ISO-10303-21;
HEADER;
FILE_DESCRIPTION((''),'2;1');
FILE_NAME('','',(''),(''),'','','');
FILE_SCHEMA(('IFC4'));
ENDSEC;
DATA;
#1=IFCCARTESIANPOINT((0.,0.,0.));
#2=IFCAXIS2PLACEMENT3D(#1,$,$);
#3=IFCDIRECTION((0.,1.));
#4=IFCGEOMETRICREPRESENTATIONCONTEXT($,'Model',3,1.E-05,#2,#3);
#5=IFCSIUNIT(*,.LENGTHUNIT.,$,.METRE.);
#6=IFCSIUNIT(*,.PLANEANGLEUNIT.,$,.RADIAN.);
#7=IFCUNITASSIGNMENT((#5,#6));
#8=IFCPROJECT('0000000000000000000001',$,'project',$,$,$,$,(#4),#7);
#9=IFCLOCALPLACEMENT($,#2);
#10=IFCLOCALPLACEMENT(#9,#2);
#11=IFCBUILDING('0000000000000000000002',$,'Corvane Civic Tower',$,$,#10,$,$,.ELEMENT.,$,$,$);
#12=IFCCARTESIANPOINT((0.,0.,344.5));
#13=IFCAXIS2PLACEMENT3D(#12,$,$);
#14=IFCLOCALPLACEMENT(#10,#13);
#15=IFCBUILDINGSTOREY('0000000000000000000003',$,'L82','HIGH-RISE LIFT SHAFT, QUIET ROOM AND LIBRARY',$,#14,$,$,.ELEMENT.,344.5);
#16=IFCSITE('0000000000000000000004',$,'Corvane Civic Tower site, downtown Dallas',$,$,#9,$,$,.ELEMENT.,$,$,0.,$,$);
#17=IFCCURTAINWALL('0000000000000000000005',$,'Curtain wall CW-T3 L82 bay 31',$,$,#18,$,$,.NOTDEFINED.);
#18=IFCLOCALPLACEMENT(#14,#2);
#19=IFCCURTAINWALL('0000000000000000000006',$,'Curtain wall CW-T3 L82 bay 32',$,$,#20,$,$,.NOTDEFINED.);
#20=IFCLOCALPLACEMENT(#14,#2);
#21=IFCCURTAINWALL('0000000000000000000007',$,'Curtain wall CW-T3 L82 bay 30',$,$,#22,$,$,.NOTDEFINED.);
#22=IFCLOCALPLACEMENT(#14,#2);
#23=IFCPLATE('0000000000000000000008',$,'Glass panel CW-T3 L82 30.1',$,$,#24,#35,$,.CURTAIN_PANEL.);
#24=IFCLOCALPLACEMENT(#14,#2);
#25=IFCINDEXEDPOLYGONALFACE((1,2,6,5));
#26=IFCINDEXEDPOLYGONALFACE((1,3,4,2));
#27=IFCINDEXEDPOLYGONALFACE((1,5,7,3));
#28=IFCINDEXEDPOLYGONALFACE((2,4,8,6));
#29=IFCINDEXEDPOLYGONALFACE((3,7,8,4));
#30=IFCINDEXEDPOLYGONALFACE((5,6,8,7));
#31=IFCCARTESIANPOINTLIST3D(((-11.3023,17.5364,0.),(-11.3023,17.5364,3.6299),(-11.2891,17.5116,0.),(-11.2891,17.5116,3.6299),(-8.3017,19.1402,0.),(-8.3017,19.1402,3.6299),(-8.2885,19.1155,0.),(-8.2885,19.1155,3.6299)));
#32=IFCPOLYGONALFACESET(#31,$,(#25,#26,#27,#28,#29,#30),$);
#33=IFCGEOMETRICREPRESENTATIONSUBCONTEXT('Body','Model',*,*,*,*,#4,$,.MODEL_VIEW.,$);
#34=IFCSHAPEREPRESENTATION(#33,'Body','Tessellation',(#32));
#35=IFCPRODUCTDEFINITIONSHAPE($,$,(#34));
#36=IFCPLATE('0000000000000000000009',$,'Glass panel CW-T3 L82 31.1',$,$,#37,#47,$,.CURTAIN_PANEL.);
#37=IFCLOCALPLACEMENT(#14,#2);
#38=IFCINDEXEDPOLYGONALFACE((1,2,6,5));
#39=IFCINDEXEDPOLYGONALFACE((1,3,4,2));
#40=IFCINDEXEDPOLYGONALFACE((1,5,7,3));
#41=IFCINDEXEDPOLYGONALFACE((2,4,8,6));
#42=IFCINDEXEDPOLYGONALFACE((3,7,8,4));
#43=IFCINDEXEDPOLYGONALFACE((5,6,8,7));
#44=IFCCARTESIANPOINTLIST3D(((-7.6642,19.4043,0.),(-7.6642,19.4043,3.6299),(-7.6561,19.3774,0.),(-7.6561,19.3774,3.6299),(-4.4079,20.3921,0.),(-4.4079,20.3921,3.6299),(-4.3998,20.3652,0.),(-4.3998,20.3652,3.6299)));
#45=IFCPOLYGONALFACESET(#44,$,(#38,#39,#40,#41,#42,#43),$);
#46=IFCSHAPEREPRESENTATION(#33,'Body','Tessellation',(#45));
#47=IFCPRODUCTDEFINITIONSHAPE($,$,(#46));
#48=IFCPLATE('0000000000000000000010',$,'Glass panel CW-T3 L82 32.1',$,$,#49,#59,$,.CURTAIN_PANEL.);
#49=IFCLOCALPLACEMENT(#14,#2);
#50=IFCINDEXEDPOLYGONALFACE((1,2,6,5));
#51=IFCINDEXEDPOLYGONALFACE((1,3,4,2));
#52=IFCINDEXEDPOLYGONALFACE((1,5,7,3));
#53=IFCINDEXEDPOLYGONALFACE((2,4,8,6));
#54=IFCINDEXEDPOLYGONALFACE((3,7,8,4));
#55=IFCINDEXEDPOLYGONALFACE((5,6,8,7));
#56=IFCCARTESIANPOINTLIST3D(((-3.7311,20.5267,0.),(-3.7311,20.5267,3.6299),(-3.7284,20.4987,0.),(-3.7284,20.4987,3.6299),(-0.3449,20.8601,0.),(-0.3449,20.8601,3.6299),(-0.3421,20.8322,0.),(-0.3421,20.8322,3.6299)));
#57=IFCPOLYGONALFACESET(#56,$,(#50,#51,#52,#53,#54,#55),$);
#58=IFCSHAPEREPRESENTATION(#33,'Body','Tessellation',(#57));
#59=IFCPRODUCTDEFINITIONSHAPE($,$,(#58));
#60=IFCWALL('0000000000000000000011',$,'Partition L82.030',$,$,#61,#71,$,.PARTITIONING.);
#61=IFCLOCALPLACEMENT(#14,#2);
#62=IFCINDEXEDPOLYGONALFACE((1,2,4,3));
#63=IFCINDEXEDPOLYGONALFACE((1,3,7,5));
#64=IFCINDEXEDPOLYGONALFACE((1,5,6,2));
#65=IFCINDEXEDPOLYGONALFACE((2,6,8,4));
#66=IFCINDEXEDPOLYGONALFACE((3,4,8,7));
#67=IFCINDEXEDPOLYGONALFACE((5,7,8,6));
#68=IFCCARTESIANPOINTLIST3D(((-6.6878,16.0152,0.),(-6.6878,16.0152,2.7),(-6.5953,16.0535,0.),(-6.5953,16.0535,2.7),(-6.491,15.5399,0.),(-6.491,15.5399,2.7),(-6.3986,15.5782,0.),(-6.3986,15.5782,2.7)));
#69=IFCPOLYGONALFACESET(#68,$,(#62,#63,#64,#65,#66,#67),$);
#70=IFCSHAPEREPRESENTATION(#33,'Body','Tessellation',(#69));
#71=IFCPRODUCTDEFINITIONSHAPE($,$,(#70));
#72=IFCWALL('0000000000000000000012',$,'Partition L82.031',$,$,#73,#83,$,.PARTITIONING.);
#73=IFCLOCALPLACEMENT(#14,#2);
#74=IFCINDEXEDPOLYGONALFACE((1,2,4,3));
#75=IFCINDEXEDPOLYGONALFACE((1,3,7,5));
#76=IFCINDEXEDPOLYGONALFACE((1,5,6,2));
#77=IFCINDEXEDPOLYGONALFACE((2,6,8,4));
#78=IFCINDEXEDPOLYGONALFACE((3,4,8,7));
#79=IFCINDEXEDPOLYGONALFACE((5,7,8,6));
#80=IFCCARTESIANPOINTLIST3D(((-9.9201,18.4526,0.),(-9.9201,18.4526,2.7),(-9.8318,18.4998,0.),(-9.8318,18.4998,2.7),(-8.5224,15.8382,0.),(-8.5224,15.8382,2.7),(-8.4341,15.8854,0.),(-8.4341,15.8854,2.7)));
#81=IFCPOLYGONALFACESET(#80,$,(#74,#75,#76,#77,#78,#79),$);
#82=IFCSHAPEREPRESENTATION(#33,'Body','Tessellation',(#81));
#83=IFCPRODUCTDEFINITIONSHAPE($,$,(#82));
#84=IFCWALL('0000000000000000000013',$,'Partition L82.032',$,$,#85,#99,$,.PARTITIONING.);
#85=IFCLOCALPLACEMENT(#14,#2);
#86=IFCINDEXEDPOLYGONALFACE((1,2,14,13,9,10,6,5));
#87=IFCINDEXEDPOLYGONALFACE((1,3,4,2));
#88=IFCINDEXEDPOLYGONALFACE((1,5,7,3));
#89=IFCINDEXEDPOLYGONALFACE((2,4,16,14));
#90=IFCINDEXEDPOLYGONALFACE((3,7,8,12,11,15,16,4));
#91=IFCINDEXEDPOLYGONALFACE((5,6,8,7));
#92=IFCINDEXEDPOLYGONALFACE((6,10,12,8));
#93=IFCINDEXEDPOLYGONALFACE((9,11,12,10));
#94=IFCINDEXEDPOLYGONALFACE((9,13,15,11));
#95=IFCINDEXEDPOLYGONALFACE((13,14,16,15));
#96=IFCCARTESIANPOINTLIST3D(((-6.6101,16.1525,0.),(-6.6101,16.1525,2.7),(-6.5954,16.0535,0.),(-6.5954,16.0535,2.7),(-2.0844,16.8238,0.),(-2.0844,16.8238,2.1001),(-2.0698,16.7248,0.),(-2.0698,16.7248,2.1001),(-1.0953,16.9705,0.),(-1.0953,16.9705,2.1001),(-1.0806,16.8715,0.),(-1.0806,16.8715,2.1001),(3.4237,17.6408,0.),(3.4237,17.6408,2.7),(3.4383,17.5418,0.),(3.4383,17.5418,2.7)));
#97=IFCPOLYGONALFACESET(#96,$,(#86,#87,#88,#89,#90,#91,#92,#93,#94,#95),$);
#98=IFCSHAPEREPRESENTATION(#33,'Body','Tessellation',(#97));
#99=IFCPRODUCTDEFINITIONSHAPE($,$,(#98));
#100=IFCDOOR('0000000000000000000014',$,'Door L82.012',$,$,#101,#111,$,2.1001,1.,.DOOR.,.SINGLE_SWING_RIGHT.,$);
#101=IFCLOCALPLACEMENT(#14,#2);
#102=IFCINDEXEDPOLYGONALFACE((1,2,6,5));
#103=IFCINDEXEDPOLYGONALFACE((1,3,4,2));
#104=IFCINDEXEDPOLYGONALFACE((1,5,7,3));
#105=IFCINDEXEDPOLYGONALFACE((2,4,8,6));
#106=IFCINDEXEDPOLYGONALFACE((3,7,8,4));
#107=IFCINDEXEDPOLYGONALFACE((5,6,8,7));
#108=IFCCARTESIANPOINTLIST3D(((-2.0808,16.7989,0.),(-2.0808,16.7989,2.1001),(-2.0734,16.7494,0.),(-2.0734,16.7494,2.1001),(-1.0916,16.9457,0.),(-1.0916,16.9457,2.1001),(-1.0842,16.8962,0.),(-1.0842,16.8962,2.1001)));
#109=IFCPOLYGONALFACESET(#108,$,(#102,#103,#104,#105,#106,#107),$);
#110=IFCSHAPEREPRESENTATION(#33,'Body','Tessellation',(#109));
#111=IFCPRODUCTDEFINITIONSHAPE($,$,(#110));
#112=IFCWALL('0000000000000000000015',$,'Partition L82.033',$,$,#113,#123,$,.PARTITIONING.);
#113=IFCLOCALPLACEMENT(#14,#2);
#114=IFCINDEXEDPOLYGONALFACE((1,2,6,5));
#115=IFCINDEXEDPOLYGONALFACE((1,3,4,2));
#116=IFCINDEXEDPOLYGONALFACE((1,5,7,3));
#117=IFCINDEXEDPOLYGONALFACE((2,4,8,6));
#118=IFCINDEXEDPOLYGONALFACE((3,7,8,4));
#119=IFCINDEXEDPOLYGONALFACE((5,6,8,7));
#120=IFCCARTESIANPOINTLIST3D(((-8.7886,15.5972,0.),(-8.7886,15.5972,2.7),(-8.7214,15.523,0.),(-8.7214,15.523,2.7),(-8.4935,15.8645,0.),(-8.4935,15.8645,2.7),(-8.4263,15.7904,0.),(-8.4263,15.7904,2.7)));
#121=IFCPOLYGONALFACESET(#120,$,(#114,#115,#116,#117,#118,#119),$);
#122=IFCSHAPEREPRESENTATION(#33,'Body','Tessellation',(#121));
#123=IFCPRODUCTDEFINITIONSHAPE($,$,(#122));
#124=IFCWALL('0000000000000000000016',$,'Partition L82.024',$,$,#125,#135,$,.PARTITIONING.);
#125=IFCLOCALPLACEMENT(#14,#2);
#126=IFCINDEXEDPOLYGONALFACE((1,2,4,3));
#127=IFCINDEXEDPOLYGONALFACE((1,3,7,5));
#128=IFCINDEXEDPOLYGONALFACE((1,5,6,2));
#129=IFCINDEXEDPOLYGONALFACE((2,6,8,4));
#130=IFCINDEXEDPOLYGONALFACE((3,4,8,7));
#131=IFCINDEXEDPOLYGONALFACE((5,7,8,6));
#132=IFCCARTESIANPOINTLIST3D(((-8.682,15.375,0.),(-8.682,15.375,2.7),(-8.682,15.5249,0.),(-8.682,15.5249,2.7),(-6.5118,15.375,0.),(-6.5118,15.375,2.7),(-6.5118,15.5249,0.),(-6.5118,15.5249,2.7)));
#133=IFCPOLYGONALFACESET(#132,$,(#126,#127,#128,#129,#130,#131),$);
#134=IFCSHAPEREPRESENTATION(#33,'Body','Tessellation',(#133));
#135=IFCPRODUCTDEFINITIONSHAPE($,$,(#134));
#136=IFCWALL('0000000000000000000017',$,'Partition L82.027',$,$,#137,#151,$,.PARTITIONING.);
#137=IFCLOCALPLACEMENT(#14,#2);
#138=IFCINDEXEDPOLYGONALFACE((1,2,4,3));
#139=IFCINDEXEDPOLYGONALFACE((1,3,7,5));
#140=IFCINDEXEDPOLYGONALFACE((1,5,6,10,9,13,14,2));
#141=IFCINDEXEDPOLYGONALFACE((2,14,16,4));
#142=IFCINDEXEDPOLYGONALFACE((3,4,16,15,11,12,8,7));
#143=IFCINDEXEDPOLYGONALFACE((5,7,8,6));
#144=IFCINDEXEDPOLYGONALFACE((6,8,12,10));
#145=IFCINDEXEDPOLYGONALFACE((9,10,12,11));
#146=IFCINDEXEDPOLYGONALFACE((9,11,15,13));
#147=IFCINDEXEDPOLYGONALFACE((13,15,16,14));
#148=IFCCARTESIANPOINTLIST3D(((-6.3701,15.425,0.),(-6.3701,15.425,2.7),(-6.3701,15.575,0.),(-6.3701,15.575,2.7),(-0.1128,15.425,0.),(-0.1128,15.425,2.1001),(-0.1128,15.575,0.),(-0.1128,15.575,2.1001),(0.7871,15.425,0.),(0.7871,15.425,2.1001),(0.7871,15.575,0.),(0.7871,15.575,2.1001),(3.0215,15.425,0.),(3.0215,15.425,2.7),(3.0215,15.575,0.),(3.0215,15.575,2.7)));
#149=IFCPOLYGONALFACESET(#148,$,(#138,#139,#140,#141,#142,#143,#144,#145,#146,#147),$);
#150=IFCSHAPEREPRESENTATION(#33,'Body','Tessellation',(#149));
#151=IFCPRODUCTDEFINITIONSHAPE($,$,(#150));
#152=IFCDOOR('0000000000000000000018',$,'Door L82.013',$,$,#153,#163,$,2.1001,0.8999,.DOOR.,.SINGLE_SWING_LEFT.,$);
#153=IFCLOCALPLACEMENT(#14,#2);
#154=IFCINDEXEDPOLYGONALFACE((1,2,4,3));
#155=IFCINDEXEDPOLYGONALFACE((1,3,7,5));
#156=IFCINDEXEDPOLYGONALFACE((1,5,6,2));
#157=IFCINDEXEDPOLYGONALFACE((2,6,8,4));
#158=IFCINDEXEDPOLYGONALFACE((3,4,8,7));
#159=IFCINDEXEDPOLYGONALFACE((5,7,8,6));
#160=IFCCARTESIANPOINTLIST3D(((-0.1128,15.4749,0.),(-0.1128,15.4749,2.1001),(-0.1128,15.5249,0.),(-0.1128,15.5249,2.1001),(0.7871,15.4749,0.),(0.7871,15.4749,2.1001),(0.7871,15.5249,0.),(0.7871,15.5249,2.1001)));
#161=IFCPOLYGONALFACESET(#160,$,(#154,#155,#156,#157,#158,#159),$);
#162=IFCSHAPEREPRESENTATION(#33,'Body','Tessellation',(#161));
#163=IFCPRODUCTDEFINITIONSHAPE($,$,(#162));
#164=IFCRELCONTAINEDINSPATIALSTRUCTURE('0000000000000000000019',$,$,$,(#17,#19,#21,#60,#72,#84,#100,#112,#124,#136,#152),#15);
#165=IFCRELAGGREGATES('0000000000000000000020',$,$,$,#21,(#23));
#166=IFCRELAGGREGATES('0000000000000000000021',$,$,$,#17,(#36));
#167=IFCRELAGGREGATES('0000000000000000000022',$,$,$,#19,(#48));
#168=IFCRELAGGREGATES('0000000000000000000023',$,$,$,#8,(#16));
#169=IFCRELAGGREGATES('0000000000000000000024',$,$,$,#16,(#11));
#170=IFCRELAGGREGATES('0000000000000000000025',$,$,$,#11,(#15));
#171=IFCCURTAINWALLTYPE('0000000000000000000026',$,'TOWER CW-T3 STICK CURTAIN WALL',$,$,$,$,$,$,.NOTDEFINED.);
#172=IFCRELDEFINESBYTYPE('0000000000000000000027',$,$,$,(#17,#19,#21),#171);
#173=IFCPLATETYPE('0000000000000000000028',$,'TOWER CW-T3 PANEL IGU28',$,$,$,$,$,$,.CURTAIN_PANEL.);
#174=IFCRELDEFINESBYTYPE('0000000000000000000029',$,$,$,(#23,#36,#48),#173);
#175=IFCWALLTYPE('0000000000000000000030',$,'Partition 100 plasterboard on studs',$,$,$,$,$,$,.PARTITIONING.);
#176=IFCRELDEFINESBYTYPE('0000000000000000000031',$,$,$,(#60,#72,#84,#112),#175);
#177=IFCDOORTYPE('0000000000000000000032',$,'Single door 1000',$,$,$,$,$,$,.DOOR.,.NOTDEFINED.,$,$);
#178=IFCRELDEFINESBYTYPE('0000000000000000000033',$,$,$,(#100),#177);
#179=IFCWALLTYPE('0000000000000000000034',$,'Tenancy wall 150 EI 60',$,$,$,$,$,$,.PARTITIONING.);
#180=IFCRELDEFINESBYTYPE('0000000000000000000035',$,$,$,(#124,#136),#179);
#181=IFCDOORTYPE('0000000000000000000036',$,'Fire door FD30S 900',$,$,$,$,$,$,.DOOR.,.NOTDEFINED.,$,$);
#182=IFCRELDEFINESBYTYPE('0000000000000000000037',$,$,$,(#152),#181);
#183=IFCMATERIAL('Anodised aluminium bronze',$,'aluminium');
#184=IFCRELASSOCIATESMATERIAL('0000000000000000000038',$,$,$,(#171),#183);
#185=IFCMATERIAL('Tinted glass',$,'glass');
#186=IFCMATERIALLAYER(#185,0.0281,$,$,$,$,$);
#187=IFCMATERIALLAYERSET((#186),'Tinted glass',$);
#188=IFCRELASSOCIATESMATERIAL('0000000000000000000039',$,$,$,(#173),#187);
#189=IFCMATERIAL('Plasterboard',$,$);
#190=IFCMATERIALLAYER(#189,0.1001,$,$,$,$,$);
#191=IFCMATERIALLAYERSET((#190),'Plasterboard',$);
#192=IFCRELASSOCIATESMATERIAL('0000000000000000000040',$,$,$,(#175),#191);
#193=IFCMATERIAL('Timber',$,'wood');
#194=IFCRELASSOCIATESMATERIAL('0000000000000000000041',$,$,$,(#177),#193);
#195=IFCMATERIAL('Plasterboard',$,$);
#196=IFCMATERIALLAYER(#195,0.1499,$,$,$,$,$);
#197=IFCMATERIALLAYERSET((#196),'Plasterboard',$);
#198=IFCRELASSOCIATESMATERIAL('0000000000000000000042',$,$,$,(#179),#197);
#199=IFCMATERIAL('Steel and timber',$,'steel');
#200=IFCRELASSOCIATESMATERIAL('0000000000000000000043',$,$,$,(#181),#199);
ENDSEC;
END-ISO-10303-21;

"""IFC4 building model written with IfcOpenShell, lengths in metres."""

from ifc_helpers import new_model, si_unit, direction, frame, frame_2d, origin, origin_2d, place, context, subcontext, project, spatial, rectangle, extrude, material, layer, layer_set, type_object, element, fill, aggregate, save


model = new_model("IFC4")

# Units and contexts
model_context = context("Model", 3, precision=1e-05, world=origin(), true_north=direction((0.0, 1.0)))
body_context = subcontext(model_context, "Body", "Model", "MODEL_VIEW")
ifc_project = project(units=[si_unit("LENGTHUNIT", "METRE"), si_unit("PLANEANGLEUNIT", "RADIAN")], contexts=[model_context])

# Site, building, storey
site_placement = place(None, origin())
site = spatial("IfcSite", under=ifc_project, at=site_placement, Name="Corvane Civic Tower site, downtown Dallas", CompositionType="ELEMENT", RefElevation=0.0)
building_placement = place(site_placement, origin())
building = spatial("IfcBuilding", under=site, at=building_placement, Name="Corvane Civic Tower", CompositionType="ELEMENT")
storey_placement = place(building_placement, frame((0.0, 0.0, 344.5)))
storey = spatial("IfcBuildingStorey", under=building, at=storey_placement, Name="L82", Description="HIGH-RISE LIFT SHAFT, QUIET ROOM AND LIBRARY", CompositionType="ELEMENT", Elevation=344.5)

# Curtain walls
ifc_material_1 = material(Name="Anodised aluminium bronze", Category="aluminium")
curtain_wall_type = type_object("IfcCurtainWallType", Name="TOWER CW-T3 STICK CURTAIN WALL", PredefinedType="NOTDEFINED", material=ifc_material_1)
curtain_wall_1_placement = place(storey_placement, origin())
curtain_wall_1 = element("IfcCurtainWall", 1, at=curtain_wall_1_placement, inside=storey, type_object=curtain_wall_type, Name="Curtain wall CW-T3 L82 bay 31", PredefinedType="NOTDEFINED")
curtain_wall_2_placement = place(storey_placement, origin())
curtain_wall_2 = element("IfcCurtainWall", 2, at=curtain_wall_2_placement, inside=storey, type_object=curtain_wall_type, Name="Curtain wall CW-T3 L82 bay 32", PredefinedType="NOTDEFINED")

# Curtain wall, plate
curtain_wall_3_placement = place(storey_placement, origin())
curtain_wall_3 = element("IfcCurtainWall", 3, at=curtain_wall_3_placement, inside=storey, type_object=curtain_wall_type, Name="Curtain wall CW-T3 L82 bay 30", PredefinedType="NOTDEFINED")
ifc_material_2 = material(Name="Tinted glass", Category="glass")
ifc_layer_1 = layer(ifc_material_2, 0.0281)
ifc_layer_set_1 = layer_set([ifc_layer_1], Name="Tinted glass")
plate_type = type_object("IfcPlateType", Name="TOWER CW-T3 PANEL IGU28", PredefinedType="CURTAIN_PANEL", material=ifc_layer_set_1)
plate_1_placement = place(storey_placement, frame((-9.7954, 18.3259, 0.0), z_axis=(0.0, 0.0, 1.0), x_axis=(0.881928, 0.471384, 0.0)))
plate_1 = element("IfcPlate", 4, at=plate_1_placement, type_object=plate_type, Name="Glass panel CW-T3 L82 30.1", PredefinedType="CURTAIN_PANEL", context=body_context, shape_type="SweptSolid", body=[
    extrude(rectangle(XDim=3.4023, YDim=0.0281, at=origin_2d()), origin(), (0.0, 0.0, 1.0), 3.6299),
])
aggregate(curtain_wall_3, [plate_1])

# Plates
plate_2_placement = place(storey_placement, frame((-6.032, 19.8848, 0.0), z_axis=(0.0, 0.0, 1.0), x_axis=(0.956939, 0.29029, 0.0)))
plate_2 = element("IfcPlate", 5, at=plate_2_placement, type_object=plate_type, Name="Glass panel CW-T3 L82 31.1", PredefinedType="CURTAIN_PANEL", context=body_context, shape_type="SweptSolid", body=[
    extrude(rectangle(XDim=3.4028, YDim=0.0281, at=origin_2d()), origin(), (0.0, 0.0, 1.0), 3.6299),
])
aggregate(curtain_wall_1, [plate_2])
plate_3_placement = place(storey_placement, frame((-2.0366, 20.6794, 0.0), z_axis=(0.0, 0.0, 1.0), x_axis=(0.995187, 0.097998, 0.0)))
plate_3 = element("IfcPlate", 6, at=plate_3_placement, type_object=plate_type, Name="Glass panel CW-T3 L82 32.1", PredefinedType="CURTAIN_PANEL", context=body_context, shape_type="SweptSolid", body=[
    extrude(rectangle(XDim=3.4026, YDim=0.0281, at=origin_2d()), origin(), (0.0, 0.0, 1.0), 3.6299),
])
aggregate(curtain_wall_2, [plate_3])

# Walls
ifc_material_3 = material(Name="Plasterboard")
ifc_layer_2 = layer(ifc_material_3, 0.1001)
ifc_layer_set_2 = layer_set([ifc_layer_2], Name="Plasterboard")
wall_type_1 = type_object("IfcWallType", Name="Partition 100 plasterboard on studs", PredefinedType="PARTITIONING", material=ifc_layer_set_2)
wall_1_placement = place(storey_placement, frame((-6.6416, 16.0344, 0.0), z_axis=(0.0, 0.0, 1.0), x_axis=(0.382492, -0.923959, 0.0)))
element("IfcWall", 7, at=wall_1_placement, inside=storey, type_object=wall_type_1, Name="Partition L82.030", PredefinedType="PARTITIONING", context=body_context, shape_type="SweptSolid", body=[
    extrude(rectangle(XDim=0.5144, YDim=0.1001, at=frame_2d((0.2573, 0.0))), origin(), (0.0, 0.0, 1.0), 2.7),
])
wall_2_placement = place(storey_placement, frame((-9.876, 18.4763, 0.0), z_axis=(0.0, 0.0, 1.0), x_axis=(0.471456, -0.88189, 0.0)))
element("IfcWall", 8, at=wall_2_placement, inside=storey, type_object=wall_type_1, Name="Partition L82.031", PredefinedType="PARTITIONING", context=body_context, shape_type="SweptSolid", body=[
    extrude(rectangle(XDim=2.9646, YDim=0.1001, at=frame_2d((1.4824, 0.0))), origin(), (0.0, 0.0, 1.0), 2.7),
])

# Wall, opening, door
wall_3_placement = place(storey_placement, frame((-6.6028, 16.103, 0.0), z_axis=(0.0, 0.0, 1.0), x_axis=(0.989178, 0.146723, 0.0)))
wall_3 = element("IfcWall", 9, at=wall_3_placement, inside=storey, type_object=wall_type_1, Name="Partition L82.032", PredefinedType="PARTITIONING", context=body_context, shape_type="SweptSolid", body=[
    extrude(rectangle(XDim=10.1436, YDim=0.1001, at=frame_2d((5.0718, 0.0))), origin(), (0.0, 0.0, 1.0), 2.7),
])
opening_1_placement = place(wall_3_placement, frame((4.5752, 0.0, 0.0)))
opening_1 = element("IfcOpeningElement", 10, at=opening_1_placement, cuts=wall_3, PredefinedType="OPENING", context=body_context, shape_type="SweptSolid", body=[
    extrude(rectangle(XDim=1.0, YDim=2.1001, at=frame_2d((0.5, 1.05))), frame((0.0, 0.0601, 0.0), z_axis=(0.0, -1.0, 0.0), x_axis=(1.0, 0.0, 0.0)), (0.0, 0.0, 1.0), 0.1201),
])
ifc_material_4 = material(Name="Timber", Category="wood")
door_type_1 = type_object("IfcDoorType", Name="Single door 1000", OperationType="NOTDEFINED", PredefinedType="DOOR", material=ifc_material_4)
door_1_placement = place(opening_1_placement, origin())
door_1 = element("IfcDoor", 11, at=door_1_placement, inside=storey, type_object=door_type_1, Name="Door L82.012", OperationType="SINGLE_SWING_RIGHT", OverallHeight=2.1001, OverallWidth=1.0, PredefinedType="DOOR", context=body_context, shape_type="SweptSolid", body=[
    extrude(rectangle(XDim=1.0, YDim=2.1001, at=frame_2d((0.5, 1.05))), frame((0.0, 0.0249, 0.0), z_axis=(0.0, -1.0, 0.0), x_axis=(1.0, 0.0, 0.0)), (0.0, 0.0, 1.0), 0.05),
])
fill(opening_1, door_1)

# Walls
wall_4_placement = place(storey_placement, frame((-8.7551, 15.5601, 0.0), z_axis=(0.0, 0.0, 1.0), x_axis=(0.741187, 0.671298, 0.0)))
element("IfcWall", 12, at=wall_4_placement, inside=storey, type_object=wall_type_1, Name="Partition L82.033", PredefinedType="PARTITIONING", context=body_context, shape_type="SweptSolid", body=[
    extrude(rectangle(XDim=0.3982, YDim=0.1001, at=frame_2d((0.1992, 0.0))), origin(), (0.0, 0.0, 1.0), 2.7),
])
ifc_material_5 = material(Name="Plasterboard")
ifc_layer_3 = layer(ifc_material_5, 0.1499)
ifc_layer_set_3 = layer_set([ifc_layer_3], Name="Plasterboard")
wall_type_2 = type_object("IfcWallType", Name="Tenancy wall 150 EI 60", PredefinedType="PARTITIONING", material=ifc_layer_set_3)
wall_5_placement = place(storey_placement, frame((-8.6819, 15.45, 0.0), z_axis=(0.0, 0.0, 1.0), x_axis=(1.0, 0.0, 0.0)))
element("IfcWall", 13, at=wall_5_placement, inside=storey, type_object=wall_type_2, Name="Partition L82.024", PredefinedType="PARTITIONING", context=body_context, shape_type="SweptSolid", body=[
    extrude(rectangle(XDim=2.1702, YDim=0.1499, at=frame_2d((1.085, 0.0))), origin(), (0.0, 0.0, 1.0), 2.7),
])

# Wall, opening, door
wall_6_placement = place(storey_placement, frame((-6.3701, 15.5, 0.0), z_axis=(0.0, 0.0, 1.0), x_axis=(1.0, 0.0, 0.0)))
wall_6 = element("IfcWall", 14, at=wall_6_placement, inside=storey, type_object=wall_type_2, Name="Partition L82.027", PredefinedType="PARTITIONING", context=body_context, shape_type="SweptSolid", body=[
    extrude(rectangle(XDim=9.3916, YDim=0.1499, at=frame_2d((4.6958, 0.0))), origin(), (0.0, 0.0, 1.0), 2.7),
])
opening_2_placement = place(wall_6_placement, frame((6.2573, 0.0, 0.0)))
opening_2 = element("IfcOpeningElement", 15, at=opening_2_placement, cuts=wall_6, PredefinedType="OPENING", context=body_context, shape_type="SweptSolid", body=[
    extrude(rectangle(XDim=0.8999, YDim=2.1001, at=frame_2d((0.45, 1.05))), frame((0.0, 0.085, 0.0), z_axis=(0.0, -1.0, 0.0), x_axis=(1.0, 0.0, 0.0)), (0.0, 0.0, 1.0), 0.1699),
])
ifc_material_6 = material(Name="Steel and timber", Category="steel")
door_type_2 = type_object("IfcDoorType", Name="Fire door FD30S 900", OperationType="NOTDEFINED", PredefinedType="DOOR", material=ifc_material_6)
door_2_placement = place(opening_2_placement, origin())
door_2 = element("IfcDoor", 16, at=door_2_placement, inside=storey, type_object=door_type_2, Name="Door L82.013", OperationType="SINGLE_SWING_LEFT", OverallHeight=2.1001, OverallWidth=0.8999, PredefinedType="DOOR", context=body_context, shape_type="SweptSolid", body=[
    extrude(rectangle(XDim=0.8999, YDim=2.1001, at=frame_2d((0.45, 1.05))), frame((0.0, 0.0249, 0.0), z_axis=(0.0, -1.0, 0.0), x_axis=(1.0, 0.0, 0.0)), (0.0, 0.0, 1.0), 0.05),
])
fill(opening_2, door_2)

save(model, "model.ifc")
